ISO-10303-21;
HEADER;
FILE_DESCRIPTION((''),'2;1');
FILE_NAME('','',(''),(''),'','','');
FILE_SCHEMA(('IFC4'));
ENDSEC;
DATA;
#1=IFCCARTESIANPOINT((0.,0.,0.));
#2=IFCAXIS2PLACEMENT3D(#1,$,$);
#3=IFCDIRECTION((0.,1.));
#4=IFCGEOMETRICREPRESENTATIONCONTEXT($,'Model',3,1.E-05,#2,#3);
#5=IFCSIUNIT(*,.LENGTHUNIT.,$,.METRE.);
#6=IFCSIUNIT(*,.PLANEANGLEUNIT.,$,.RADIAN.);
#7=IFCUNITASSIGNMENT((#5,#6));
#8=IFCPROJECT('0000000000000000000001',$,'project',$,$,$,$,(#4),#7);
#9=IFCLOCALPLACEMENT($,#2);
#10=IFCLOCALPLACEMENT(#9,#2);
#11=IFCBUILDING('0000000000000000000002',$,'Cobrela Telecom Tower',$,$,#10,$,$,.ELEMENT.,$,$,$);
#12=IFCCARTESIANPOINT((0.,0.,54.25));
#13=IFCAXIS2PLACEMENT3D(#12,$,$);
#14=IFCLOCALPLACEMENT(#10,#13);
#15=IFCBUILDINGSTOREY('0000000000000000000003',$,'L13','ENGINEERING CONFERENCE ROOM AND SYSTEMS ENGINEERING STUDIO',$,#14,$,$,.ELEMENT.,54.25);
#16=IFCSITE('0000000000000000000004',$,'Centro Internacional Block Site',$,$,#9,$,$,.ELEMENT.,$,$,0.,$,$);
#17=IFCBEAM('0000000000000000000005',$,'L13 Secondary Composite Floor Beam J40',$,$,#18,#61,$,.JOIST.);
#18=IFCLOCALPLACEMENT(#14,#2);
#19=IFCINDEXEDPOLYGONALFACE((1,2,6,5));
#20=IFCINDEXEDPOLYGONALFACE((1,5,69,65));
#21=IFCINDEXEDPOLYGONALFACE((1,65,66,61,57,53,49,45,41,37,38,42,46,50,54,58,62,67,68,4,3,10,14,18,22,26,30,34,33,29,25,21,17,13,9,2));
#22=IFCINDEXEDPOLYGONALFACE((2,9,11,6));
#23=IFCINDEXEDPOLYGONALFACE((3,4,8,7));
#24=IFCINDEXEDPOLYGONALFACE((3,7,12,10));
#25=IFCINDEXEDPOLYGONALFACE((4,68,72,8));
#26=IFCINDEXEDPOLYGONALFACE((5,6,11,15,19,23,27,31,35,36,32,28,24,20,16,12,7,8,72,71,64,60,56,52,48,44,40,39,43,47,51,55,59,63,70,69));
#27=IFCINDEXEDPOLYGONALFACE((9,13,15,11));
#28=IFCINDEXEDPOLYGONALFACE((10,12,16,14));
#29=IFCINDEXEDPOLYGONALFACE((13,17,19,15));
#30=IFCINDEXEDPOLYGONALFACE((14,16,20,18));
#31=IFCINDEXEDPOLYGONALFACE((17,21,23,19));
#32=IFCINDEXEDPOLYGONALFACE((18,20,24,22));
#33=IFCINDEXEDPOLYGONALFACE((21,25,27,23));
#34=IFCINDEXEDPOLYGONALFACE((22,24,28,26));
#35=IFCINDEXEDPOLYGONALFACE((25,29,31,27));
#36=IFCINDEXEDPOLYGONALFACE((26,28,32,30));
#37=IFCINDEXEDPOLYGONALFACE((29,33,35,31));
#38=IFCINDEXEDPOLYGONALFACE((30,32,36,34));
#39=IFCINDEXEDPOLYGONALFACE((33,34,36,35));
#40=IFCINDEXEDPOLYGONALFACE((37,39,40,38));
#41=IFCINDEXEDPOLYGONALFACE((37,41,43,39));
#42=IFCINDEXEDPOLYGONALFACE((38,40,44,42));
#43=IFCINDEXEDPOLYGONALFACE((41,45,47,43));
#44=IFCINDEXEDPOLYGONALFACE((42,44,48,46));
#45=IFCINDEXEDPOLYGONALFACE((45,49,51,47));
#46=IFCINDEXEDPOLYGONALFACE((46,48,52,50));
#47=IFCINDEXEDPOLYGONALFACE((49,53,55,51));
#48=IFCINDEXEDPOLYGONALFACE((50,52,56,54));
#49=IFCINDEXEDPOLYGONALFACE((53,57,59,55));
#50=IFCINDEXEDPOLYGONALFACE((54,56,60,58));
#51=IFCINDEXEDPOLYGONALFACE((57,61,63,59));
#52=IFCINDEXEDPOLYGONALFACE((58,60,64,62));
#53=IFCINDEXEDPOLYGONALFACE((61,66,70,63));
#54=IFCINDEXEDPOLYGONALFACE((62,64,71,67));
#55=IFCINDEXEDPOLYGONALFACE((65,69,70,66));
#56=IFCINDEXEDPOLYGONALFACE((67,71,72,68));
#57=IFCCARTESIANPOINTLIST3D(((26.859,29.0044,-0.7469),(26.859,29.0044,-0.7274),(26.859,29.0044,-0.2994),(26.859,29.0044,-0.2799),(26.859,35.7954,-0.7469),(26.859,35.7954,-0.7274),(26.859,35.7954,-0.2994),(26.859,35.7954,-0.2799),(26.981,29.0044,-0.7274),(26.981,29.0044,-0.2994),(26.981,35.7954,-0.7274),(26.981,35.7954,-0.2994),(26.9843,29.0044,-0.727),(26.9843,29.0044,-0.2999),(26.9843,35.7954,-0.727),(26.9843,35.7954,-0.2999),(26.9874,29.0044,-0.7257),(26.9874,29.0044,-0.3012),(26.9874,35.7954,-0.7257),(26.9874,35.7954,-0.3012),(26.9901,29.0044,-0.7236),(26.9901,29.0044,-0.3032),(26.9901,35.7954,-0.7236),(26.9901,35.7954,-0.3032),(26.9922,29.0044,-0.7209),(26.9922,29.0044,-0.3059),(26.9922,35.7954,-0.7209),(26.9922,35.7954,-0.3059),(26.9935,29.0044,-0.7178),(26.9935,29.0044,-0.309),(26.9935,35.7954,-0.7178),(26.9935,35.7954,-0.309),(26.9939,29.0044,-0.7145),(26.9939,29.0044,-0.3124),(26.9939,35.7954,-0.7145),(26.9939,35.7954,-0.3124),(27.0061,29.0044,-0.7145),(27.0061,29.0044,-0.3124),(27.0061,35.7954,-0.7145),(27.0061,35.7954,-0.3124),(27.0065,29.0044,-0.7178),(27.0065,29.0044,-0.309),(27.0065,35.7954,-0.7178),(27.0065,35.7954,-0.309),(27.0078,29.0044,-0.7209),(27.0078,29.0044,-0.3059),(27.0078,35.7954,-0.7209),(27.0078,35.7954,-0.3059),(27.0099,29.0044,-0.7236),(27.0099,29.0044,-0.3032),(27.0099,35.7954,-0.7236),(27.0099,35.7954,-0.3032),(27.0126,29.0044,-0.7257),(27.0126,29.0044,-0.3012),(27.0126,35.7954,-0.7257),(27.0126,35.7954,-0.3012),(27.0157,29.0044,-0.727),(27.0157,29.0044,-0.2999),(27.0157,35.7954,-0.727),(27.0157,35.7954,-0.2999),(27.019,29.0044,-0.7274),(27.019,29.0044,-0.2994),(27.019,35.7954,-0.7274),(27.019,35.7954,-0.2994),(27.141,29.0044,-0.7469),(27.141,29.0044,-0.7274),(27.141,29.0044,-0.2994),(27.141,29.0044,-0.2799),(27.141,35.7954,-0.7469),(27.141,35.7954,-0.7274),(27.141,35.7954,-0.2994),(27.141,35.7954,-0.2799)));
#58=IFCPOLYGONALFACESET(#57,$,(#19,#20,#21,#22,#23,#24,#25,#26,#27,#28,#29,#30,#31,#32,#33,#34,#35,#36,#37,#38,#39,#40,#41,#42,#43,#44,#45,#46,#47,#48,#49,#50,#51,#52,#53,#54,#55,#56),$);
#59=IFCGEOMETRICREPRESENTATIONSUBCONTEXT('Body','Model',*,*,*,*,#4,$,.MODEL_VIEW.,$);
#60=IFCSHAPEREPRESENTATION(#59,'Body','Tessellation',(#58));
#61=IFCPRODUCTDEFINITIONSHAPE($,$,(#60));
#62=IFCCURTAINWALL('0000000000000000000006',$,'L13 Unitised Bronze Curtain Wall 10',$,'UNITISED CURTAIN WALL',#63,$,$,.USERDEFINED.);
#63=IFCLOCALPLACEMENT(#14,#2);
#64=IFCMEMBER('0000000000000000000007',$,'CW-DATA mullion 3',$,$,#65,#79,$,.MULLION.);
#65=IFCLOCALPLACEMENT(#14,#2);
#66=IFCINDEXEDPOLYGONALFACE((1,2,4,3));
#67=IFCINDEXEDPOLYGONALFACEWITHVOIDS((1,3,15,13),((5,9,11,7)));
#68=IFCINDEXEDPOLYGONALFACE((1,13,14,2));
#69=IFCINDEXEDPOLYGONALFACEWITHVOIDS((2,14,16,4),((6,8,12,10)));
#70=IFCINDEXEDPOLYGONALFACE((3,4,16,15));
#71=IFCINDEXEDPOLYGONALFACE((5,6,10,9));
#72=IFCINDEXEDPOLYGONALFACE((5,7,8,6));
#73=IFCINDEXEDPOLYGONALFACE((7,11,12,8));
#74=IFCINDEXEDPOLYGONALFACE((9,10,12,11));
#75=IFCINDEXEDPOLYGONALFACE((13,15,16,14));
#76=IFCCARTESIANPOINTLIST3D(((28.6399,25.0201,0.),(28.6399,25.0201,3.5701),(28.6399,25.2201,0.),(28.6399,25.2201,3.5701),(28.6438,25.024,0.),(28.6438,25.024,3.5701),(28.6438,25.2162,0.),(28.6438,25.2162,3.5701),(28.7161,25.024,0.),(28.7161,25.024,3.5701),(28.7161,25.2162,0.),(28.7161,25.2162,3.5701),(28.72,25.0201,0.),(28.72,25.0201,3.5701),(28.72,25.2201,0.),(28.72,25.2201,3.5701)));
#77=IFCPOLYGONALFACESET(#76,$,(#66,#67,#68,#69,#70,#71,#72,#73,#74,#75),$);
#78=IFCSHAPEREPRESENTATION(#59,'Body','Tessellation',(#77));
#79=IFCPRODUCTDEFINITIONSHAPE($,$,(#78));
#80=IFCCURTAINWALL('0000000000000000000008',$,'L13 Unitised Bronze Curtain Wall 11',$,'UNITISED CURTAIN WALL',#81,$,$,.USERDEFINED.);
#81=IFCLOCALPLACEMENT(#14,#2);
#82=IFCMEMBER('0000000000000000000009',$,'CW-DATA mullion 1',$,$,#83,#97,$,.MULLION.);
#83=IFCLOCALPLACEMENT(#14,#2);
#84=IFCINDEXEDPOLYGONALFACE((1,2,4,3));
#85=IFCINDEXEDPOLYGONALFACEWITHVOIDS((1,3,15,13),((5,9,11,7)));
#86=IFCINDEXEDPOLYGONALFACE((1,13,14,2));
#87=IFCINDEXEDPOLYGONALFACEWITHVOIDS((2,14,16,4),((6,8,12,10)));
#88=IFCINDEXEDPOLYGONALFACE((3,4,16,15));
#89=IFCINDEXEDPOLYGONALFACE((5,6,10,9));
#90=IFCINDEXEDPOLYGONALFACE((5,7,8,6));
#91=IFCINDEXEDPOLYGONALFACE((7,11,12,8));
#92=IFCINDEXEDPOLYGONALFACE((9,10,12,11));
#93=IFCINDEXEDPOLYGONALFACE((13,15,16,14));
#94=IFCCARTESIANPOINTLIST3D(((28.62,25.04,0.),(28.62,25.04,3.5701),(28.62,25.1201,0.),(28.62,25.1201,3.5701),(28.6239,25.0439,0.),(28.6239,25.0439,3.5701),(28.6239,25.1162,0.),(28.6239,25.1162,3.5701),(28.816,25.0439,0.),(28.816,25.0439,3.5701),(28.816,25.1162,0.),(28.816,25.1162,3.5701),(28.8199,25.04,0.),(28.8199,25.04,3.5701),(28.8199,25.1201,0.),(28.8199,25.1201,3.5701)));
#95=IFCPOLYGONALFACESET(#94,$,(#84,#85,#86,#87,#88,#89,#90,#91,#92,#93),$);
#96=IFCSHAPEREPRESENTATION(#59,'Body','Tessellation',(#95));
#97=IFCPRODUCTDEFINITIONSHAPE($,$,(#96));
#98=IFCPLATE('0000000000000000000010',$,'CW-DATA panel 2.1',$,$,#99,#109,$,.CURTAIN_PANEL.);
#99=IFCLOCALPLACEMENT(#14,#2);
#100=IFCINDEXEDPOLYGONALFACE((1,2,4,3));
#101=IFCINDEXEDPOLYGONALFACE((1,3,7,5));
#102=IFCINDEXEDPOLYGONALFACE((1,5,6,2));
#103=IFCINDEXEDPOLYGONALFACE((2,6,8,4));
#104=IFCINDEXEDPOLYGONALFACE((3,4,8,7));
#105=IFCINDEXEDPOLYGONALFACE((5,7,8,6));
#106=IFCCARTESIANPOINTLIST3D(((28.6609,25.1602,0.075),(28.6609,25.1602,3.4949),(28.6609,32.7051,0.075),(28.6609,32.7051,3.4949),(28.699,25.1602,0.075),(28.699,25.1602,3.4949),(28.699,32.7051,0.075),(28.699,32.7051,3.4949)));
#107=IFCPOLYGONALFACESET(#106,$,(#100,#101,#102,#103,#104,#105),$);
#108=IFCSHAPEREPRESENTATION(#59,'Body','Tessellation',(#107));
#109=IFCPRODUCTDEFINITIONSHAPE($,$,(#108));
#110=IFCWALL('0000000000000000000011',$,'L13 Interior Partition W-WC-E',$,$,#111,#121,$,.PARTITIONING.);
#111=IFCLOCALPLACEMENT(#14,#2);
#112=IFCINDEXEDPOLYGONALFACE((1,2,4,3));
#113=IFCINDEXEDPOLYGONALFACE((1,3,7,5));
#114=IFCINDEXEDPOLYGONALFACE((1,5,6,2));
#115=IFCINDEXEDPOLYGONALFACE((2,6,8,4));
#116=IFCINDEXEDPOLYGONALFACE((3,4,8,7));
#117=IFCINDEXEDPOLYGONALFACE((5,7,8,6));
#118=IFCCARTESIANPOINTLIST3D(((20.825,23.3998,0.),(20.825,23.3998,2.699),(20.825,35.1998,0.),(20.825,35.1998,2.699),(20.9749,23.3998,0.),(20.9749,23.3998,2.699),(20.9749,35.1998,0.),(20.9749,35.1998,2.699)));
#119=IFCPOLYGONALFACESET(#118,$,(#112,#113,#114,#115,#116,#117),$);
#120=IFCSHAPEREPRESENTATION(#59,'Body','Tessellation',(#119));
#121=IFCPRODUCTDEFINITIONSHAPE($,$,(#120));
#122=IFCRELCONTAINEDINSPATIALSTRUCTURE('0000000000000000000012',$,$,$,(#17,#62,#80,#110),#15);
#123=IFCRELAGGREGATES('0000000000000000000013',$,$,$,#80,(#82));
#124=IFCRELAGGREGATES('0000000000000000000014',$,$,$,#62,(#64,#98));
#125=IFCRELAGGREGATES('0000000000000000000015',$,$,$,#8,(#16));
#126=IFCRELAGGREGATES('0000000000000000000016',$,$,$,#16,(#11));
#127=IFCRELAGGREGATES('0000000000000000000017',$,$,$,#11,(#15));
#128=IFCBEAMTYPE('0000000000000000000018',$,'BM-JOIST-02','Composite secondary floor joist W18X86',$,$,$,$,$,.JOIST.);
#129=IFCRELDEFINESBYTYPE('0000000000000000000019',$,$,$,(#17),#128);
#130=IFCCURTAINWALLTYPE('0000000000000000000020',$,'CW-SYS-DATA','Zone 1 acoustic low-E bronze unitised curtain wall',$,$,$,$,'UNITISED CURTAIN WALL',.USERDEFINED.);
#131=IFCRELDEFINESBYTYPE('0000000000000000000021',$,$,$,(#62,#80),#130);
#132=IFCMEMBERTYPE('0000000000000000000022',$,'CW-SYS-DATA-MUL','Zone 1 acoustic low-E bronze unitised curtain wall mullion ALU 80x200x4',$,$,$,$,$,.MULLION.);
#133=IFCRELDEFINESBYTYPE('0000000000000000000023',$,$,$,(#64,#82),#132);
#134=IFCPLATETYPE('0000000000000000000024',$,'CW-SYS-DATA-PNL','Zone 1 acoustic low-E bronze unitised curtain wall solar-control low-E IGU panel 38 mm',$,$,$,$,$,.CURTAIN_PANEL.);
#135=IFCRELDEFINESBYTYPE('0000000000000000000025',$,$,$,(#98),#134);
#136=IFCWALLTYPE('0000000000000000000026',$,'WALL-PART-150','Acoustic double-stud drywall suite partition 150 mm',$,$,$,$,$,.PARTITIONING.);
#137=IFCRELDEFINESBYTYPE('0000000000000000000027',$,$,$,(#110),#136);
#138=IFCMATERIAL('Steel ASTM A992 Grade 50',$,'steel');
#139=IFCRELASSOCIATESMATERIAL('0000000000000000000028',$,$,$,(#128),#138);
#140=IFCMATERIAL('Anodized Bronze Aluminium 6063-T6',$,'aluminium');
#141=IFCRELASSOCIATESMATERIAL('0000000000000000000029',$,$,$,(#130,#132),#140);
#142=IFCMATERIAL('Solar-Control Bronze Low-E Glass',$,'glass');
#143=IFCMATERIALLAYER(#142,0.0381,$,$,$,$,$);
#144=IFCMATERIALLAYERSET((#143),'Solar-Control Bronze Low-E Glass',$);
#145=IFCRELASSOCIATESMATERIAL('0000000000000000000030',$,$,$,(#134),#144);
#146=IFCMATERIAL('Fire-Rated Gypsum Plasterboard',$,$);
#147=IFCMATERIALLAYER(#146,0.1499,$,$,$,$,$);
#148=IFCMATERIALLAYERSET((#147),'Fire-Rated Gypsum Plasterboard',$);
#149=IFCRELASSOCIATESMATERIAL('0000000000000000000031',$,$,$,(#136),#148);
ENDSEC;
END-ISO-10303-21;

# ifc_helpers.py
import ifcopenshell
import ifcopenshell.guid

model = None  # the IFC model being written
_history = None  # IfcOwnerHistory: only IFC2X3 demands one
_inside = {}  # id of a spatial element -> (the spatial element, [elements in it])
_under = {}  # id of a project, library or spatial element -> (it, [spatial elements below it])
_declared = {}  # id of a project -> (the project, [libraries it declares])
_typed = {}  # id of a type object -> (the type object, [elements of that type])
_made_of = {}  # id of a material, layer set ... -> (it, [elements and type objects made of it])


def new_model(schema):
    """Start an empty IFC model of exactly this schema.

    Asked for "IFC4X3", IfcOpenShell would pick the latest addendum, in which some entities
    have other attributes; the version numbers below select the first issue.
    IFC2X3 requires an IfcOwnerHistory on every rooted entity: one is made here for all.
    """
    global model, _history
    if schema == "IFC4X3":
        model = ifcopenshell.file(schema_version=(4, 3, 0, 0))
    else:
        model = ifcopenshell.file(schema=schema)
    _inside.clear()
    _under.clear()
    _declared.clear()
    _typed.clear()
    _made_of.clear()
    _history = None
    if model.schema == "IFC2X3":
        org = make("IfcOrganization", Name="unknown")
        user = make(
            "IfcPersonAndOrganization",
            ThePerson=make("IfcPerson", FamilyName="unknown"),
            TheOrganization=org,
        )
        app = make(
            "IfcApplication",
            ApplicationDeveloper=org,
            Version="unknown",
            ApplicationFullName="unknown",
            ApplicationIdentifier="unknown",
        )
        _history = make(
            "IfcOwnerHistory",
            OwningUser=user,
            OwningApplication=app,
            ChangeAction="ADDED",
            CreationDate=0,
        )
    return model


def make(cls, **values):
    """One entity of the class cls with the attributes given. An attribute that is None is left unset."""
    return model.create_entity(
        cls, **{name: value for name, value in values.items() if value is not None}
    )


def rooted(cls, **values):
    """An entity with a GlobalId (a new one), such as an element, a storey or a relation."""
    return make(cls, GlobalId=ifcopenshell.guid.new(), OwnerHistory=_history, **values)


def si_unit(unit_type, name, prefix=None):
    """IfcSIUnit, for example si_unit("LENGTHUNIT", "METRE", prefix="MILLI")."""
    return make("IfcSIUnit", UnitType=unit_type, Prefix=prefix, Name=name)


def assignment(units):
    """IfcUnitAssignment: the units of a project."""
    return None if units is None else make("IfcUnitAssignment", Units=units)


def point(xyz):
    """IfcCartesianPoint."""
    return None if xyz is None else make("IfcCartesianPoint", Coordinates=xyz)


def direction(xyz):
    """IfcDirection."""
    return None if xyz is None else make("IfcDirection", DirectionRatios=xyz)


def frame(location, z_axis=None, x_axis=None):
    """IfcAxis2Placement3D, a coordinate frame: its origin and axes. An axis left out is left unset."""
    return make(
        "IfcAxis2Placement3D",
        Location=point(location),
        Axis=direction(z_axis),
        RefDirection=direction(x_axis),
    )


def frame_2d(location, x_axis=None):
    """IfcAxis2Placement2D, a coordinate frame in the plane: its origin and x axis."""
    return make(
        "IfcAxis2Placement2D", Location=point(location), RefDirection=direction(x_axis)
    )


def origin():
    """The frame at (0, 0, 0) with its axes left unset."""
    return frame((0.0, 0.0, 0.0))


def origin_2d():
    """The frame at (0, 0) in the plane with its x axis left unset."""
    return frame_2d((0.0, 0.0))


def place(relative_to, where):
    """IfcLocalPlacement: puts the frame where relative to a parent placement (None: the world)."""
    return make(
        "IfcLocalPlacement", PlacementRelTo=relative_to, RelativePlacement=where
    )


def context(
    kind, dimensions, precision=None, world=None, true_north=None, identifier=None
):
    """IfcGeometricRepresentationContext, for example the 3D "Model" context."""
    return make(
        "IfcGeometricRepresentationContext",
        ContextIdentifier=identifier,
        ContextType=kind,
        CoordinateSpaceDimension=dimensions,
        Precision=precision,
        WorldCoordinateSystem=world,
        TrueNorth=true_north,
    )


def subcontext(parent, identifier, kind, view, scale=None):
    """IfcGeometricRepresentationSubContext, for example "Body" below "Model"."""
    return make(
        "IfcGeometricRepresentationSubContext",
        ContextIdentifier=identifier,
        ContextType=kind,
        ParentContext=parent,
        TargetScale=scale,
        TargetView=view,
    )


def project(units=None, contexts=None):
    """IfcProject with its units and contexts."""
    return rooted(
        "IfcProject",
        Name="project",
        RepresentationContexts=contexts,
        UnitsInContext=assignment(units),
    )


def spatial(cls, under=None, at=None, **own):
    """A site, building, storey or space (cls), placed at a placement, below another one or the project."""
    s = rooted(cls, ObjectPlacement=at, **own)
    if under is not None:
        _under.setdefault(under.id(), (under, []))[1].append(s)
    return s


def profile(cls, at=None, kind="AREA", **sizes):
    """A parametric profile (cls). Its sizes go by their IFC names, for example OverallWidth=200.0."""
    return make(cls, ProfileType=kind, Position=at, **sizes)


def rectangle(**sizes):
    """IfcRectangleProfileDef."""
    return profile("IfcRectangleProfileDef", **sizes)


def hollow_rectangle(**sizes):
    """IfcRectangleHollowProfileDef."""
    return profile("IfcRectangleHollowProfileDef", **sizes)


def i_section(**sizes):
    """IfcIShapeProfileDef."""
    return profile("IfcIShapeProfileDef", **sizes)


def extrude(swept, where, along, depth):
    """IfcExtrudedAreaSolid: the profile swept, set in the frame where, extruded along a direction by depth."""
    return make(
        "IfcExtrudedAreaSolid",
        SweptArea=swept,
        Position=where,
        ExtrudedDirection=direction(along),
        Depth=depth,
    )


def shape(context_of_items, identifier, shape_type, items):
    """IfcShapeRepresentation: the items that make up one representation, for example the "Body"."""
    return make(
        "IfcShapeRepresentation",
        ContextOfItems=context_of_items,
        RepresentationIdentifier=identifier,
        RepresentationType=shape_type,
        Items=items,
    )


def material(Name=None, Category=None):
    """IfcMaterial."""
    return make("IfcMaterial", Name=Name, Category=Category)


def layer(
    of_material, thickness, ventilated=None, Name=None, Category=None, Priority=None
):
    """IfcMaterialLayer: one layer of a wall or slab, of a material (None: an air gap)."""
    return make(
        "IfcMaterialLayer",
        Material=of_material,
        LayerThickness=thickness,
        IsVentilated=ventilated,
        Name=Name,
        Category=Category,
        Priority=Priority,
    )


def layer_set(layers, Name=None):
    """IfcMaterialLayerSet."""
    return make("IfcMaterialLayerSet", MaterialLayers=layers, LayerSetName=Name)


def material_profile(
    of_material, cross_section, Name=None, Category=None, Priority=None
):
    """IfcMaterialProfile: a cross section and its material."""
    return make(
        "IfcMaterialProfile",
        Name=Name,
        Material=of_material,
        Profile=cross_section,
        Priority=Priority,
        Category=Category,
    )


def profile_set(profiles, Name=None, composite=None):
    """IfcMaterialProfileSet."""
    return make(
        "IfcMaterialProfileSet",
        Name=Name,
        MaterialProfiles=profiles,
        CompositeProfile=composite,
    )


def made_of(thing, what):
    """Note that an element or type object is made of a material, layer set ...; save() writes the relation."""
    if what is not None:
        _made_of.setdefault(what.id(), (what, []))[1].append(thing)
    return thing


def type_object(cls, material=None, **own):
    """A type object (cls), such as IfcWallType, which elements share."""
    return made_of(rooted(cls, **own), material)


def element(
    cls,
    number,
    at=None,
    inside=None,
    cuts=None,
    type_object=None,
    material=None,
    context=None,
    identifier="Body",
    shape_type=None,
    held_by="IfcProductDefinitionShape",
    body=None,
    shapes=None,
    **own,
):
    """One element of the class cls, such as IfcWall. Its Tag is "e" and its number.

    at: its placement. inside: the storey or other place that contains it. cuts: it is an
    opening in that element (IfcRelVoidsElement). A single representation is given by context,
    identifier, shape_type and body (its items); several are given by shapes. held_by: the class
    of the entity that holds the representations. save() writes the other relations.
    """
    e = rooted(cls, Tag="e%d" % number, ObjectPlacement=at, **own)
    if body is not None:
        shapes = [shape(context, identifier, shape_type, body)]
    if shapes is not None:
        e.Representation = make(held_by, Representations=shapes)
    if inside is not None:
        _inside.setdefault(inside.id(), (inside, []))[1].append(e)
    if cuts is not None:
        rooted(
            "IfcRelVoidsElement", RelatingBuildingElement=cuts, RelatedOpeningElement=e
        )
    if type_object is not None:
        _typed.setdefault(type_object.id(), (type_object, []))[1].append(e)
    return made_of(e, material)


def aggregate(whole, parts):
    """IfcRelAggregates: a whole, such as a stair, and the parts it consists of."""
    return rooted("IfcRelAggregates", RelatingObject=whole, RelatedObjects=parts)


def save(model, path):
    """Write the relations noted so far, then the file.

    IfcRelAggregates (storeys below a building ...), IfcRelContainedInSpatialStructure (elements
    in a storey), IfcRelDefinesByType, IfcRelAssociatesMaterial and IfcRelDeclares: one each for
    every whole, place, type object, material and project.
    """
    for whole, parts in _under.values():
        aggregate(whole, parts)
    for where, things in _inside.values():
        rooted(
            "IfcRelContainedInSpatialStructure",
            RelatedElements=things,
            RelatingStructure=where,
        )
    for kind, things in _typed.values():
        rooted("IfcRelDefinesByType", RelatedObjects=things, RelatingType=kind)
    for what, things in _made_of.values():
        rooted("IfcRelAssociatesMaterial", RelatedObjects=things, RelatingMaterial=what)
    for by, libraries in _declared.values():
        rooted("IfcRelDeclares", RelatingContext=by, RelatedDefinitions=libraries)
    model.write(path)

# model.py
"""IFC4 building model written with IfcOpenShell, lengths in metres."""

from ifc_helpers import new_model, si_unit, direction, frame, frame_2d, origin, origin_2d, place, context, subcontext, project, spatial, rectangle, hollow_rectangle, i_section, extrude, material, layer, layer_set, material_profile, profile_set, type_object, element, aggregate, save


model = new_model("IFC4")

# Units and contexts
model_context = context("Model", 3, precision=1e-05, world=origin(), true_north=direction((0.0, 1.0)))
body_context = subcontext(model_context, "Body", "Model", "MODEL_VIEW")
ifc_project = project(units=[si_unit("LENGTHUNIT", "METRE"), si_unit("PLANEANGLEUNIT", "RADIAN")], contexts=[model_context])

# Site, building, storey
site_placement = place(None, origin())
site = spatial("IfcSite", under=ifc_project, at=site_placement, Name="Centro Internacional Block Site", CompositionType="ELEMENT", RefElevation=0.0)
building_placement = place(site_placement, origin())
building = spatial("IfcBuilding", under=site, at=building_placement, Name="Cobrela Telecom Tower", CompositionType="ELEMENT")
storey_placement = place(building_placement, frame((0.0, 0.0, 54.25)))
storey = spatial("IfcBuildingStorey", under=building, at=storey_placement, Name="L13", Description="ENGINEERING CONFERENCE ROOM AND SYSTEMS ENGINEERING STUDIO", CompositionType="ELEMENT", Elevation=54.25)

# Shared definitions
ifc_material_1 = material(Name="Steel ASTM A992 Grade 50", Category="steel")

# Beam
ifc_material_profile_1 = material_profile(ifc_material_1, i_section(OverallWidth=0.282, OverallDepth=0.467, WebThickness=0.0122, FlangeThickness=0.0195, FilletRadius=0.0129, at=origin_2d()), Name="W18X86")
ifc_profile_set_1 = profile_set([ifc_material_profile_1], Name="Steel ASTM A992 Grade 50")
beam_type_1 = type_object("IfcBeamType", Name="BM-JOIST-02", Description="Composite secondary floor joist W18X86", PredefinedType="JOIST", material=ifc_profile_set_1)
for number, where, z_axis, x_axis, name in (
    (1, (27.0, 29.0044, -0.5134), (0.0, 1.0, 0.0), (-1.0, 0.0, 0.0), "L13 Secondary Composite Floor Beam J40"),
):
    element("IfcBeam", number, at=place(storey_placement, frame(where, z_axis=z_axis, x_axis=x_axis)), inside=storey, type_object=beam_type_1, Name=name, PredefinedType="JOIST", context=body_context, shape_type="SweptSolid", body=[
        extrude(i_section(OverallWidth=0.282, OverallDepth=0.467, WebThickness=0.0122, FlangeThickness=0.0195, FilletRadius=0.0129, at=origin_2d()), origin(), (0.0, 0.0, 1.0), 6.791),
    ])

# Curtain walls, members
ifc_material_2 = material(Name="Anodized Bronze Aluminium 6063-T6", Category="aluminium")
curtain_wall_type = type_object("IfcCurtainWallType", Name="CW-SYS-DATA", Description="Zone 1 acoustic low-E bronze unitised curtain wall", ElementType="UNITISED CURTAIN WALL", PredefinedType="USERDEFINED", material=ifc_material_2)
curtain_wall_1_placement = place(storey_placement, origin())
curtain_wall_1 = element("IfcCurtainWall", 2, at=curtain_wall_1_placement, inside=storey, type_object=curtain_wall_type, Name="L13 Unitised Bronze Curtain Wall 10", ObjectType="UNITISED CURTAIN WALL", PredefinedType="USERDEFINED")
ifc_material_profile_2 = material_profile(ifc_material_2, hollow_rectangle(XDim=0.0801, YDim=0.2, WallThickness=0.0039, at=origin_2d()), Name="ALU 80x200x4")
ifc_profile_set_2 = profile_set([ifc_material_profile_2], Name="Anodized Bronze Aluminium 6063-T6")
member_type = type_object("IfcMemberType", Name="CW-SYS-DATA-MUL", Description="Zone 1 acoustic low-E bronze unitised curtain wall mullion ALU 80x200x4", PredefinedType="MULLION", material=ifc_profile_set_2)
member_1_placement = place(storey_placement, frame((28.6799, 25.1201, 0.0), z_axis=(0.0, 0.0, 1.0), x_axis=(1.0, 0.0, 0.0)))
member_1 = element("IfcMember", 3, at=member_1_placement, type_object=member_type, Name="CW-DATA mullion 3", PredefinedType="MULLION", context=body_context, shape_type="SweptSolid", body=[
    extrude(hollow_rectangle(XDim=0.0801, YDim=0.2, WallThickness=0.0039, at=origin_2d()), origin(), (0.0, 0.0, 1.0), 3.5701),
])
curtain_wall_2_placement = place(storey_placement, origin())
curtain_wall_2 = element("IfcCurtainWall", 4, at=curtain_wall_2_placement, inside=storey, type_object=curtain_wall_type, Name="L13 Unitised Bronze Curtain Wall 11", ObjectType="UNITISED CURTAIN WALL", PredefinedType="USERDEFINED")
member_2_placement = place(storey_placement, frame((28.72, 25.0801, 0.0), z_axis=(0.0, 0.0, 1.0), x_axis=(0.0, 1.0, 0.0)))
member_2 = element("IfcMember", 5, at=member_2_placement, type_object=member_type, Name="CW-DATA mullion 1", PredefinedType="MULLION", context=body_context, shape_type="SweptSolid", body=[
    extrude(hollow_rectangle(XDim=0.0801, YDim=0.2, WallThickness=0.0039, at=origin_2d()), origin(), (0.0, 0.0, 1.0), 3.5701),
])
aggregate(curtain_wall_2, [member_2])

# Plate
ifc_material_3 = material(Name="Solar-Control Bronze Low-E Glass", Category="glass")
ifc_layer_1 = layer(ifc_material_3, 0.0381)
ifc_layer_set_1 = layer_set([ifc_layer_1], Name="Solar-Control Bronze Low-E Glass")
plate_type = type_object("IfcPlateType", Name="CW-SYS-DATA-PNL", Description="Zone 1 acoustic low-E bronze unitised curtain wall solar-control low-E IGU panel 38 mm", PredefinedType="CURTAIN_PANEL", material=ifc_layer_set_1)
plate_placement = place(storey_placement, frame((28.6799, 28.9326, 0.075), z_axis=(0.0, 0.0, 1.0), x_axis=(0.0, -1.0, 0.0)))
plate = element("IfcPlate", 6, at=plate_placement, type_object=plate_type, Name="CW-DATA panel 2.1", PredefinedType="CURTAIN_PANEL", context=body_context, shape_type="SweptSolid", body=[
    extrude(rectangle(XDim=7.5449, YDim=0.0381, at=origin_2d()), origin(), (0.0, 0.0, 1.0), 3.4199),
])
aggregate(curtain_wall_1, [member_1, plate])

# Wall
ifc_material_4 = material(Name="Fire-Rated Gypsum Plasterboard")
ifc_layer_2 = layer(ifc_material_4, 0.1499)
ifc_layer_set_2 = layer_set([ifc_layer_2], Name="Fire-Rated Gypsum Plasterboard")
wall_type = type_object("IfcWallType", Name="WALL-PART-150", Description="Acoustic double-stud drywall suite partition 150 mm", PredefinedType="PARTITIONING", material=ifc_layer_set_2)
wall_placement = place(storey_placement, frame((20.8999, 23.3999, 0.0), z_axis=(0.0, 0.0, 1.0), x_axis=(0.0, 1.0, 0.0)))
element("IfcWall", 7, at=wall_placement, inside=storey, type_object=wall_type, Name="L13 Interior Partition W-WC-E", PredefinedType="PARTITIONING", context=body_context, shape_type="SweptSolid", body=[
    extrude(rectangle(XDim=11.8, YDim=0.1499, at=frame_2d((5.8999, 0.0))), origin(), (0.0, 0.0, 1.0), 2.699),
])

save(model, "model.ifc")
